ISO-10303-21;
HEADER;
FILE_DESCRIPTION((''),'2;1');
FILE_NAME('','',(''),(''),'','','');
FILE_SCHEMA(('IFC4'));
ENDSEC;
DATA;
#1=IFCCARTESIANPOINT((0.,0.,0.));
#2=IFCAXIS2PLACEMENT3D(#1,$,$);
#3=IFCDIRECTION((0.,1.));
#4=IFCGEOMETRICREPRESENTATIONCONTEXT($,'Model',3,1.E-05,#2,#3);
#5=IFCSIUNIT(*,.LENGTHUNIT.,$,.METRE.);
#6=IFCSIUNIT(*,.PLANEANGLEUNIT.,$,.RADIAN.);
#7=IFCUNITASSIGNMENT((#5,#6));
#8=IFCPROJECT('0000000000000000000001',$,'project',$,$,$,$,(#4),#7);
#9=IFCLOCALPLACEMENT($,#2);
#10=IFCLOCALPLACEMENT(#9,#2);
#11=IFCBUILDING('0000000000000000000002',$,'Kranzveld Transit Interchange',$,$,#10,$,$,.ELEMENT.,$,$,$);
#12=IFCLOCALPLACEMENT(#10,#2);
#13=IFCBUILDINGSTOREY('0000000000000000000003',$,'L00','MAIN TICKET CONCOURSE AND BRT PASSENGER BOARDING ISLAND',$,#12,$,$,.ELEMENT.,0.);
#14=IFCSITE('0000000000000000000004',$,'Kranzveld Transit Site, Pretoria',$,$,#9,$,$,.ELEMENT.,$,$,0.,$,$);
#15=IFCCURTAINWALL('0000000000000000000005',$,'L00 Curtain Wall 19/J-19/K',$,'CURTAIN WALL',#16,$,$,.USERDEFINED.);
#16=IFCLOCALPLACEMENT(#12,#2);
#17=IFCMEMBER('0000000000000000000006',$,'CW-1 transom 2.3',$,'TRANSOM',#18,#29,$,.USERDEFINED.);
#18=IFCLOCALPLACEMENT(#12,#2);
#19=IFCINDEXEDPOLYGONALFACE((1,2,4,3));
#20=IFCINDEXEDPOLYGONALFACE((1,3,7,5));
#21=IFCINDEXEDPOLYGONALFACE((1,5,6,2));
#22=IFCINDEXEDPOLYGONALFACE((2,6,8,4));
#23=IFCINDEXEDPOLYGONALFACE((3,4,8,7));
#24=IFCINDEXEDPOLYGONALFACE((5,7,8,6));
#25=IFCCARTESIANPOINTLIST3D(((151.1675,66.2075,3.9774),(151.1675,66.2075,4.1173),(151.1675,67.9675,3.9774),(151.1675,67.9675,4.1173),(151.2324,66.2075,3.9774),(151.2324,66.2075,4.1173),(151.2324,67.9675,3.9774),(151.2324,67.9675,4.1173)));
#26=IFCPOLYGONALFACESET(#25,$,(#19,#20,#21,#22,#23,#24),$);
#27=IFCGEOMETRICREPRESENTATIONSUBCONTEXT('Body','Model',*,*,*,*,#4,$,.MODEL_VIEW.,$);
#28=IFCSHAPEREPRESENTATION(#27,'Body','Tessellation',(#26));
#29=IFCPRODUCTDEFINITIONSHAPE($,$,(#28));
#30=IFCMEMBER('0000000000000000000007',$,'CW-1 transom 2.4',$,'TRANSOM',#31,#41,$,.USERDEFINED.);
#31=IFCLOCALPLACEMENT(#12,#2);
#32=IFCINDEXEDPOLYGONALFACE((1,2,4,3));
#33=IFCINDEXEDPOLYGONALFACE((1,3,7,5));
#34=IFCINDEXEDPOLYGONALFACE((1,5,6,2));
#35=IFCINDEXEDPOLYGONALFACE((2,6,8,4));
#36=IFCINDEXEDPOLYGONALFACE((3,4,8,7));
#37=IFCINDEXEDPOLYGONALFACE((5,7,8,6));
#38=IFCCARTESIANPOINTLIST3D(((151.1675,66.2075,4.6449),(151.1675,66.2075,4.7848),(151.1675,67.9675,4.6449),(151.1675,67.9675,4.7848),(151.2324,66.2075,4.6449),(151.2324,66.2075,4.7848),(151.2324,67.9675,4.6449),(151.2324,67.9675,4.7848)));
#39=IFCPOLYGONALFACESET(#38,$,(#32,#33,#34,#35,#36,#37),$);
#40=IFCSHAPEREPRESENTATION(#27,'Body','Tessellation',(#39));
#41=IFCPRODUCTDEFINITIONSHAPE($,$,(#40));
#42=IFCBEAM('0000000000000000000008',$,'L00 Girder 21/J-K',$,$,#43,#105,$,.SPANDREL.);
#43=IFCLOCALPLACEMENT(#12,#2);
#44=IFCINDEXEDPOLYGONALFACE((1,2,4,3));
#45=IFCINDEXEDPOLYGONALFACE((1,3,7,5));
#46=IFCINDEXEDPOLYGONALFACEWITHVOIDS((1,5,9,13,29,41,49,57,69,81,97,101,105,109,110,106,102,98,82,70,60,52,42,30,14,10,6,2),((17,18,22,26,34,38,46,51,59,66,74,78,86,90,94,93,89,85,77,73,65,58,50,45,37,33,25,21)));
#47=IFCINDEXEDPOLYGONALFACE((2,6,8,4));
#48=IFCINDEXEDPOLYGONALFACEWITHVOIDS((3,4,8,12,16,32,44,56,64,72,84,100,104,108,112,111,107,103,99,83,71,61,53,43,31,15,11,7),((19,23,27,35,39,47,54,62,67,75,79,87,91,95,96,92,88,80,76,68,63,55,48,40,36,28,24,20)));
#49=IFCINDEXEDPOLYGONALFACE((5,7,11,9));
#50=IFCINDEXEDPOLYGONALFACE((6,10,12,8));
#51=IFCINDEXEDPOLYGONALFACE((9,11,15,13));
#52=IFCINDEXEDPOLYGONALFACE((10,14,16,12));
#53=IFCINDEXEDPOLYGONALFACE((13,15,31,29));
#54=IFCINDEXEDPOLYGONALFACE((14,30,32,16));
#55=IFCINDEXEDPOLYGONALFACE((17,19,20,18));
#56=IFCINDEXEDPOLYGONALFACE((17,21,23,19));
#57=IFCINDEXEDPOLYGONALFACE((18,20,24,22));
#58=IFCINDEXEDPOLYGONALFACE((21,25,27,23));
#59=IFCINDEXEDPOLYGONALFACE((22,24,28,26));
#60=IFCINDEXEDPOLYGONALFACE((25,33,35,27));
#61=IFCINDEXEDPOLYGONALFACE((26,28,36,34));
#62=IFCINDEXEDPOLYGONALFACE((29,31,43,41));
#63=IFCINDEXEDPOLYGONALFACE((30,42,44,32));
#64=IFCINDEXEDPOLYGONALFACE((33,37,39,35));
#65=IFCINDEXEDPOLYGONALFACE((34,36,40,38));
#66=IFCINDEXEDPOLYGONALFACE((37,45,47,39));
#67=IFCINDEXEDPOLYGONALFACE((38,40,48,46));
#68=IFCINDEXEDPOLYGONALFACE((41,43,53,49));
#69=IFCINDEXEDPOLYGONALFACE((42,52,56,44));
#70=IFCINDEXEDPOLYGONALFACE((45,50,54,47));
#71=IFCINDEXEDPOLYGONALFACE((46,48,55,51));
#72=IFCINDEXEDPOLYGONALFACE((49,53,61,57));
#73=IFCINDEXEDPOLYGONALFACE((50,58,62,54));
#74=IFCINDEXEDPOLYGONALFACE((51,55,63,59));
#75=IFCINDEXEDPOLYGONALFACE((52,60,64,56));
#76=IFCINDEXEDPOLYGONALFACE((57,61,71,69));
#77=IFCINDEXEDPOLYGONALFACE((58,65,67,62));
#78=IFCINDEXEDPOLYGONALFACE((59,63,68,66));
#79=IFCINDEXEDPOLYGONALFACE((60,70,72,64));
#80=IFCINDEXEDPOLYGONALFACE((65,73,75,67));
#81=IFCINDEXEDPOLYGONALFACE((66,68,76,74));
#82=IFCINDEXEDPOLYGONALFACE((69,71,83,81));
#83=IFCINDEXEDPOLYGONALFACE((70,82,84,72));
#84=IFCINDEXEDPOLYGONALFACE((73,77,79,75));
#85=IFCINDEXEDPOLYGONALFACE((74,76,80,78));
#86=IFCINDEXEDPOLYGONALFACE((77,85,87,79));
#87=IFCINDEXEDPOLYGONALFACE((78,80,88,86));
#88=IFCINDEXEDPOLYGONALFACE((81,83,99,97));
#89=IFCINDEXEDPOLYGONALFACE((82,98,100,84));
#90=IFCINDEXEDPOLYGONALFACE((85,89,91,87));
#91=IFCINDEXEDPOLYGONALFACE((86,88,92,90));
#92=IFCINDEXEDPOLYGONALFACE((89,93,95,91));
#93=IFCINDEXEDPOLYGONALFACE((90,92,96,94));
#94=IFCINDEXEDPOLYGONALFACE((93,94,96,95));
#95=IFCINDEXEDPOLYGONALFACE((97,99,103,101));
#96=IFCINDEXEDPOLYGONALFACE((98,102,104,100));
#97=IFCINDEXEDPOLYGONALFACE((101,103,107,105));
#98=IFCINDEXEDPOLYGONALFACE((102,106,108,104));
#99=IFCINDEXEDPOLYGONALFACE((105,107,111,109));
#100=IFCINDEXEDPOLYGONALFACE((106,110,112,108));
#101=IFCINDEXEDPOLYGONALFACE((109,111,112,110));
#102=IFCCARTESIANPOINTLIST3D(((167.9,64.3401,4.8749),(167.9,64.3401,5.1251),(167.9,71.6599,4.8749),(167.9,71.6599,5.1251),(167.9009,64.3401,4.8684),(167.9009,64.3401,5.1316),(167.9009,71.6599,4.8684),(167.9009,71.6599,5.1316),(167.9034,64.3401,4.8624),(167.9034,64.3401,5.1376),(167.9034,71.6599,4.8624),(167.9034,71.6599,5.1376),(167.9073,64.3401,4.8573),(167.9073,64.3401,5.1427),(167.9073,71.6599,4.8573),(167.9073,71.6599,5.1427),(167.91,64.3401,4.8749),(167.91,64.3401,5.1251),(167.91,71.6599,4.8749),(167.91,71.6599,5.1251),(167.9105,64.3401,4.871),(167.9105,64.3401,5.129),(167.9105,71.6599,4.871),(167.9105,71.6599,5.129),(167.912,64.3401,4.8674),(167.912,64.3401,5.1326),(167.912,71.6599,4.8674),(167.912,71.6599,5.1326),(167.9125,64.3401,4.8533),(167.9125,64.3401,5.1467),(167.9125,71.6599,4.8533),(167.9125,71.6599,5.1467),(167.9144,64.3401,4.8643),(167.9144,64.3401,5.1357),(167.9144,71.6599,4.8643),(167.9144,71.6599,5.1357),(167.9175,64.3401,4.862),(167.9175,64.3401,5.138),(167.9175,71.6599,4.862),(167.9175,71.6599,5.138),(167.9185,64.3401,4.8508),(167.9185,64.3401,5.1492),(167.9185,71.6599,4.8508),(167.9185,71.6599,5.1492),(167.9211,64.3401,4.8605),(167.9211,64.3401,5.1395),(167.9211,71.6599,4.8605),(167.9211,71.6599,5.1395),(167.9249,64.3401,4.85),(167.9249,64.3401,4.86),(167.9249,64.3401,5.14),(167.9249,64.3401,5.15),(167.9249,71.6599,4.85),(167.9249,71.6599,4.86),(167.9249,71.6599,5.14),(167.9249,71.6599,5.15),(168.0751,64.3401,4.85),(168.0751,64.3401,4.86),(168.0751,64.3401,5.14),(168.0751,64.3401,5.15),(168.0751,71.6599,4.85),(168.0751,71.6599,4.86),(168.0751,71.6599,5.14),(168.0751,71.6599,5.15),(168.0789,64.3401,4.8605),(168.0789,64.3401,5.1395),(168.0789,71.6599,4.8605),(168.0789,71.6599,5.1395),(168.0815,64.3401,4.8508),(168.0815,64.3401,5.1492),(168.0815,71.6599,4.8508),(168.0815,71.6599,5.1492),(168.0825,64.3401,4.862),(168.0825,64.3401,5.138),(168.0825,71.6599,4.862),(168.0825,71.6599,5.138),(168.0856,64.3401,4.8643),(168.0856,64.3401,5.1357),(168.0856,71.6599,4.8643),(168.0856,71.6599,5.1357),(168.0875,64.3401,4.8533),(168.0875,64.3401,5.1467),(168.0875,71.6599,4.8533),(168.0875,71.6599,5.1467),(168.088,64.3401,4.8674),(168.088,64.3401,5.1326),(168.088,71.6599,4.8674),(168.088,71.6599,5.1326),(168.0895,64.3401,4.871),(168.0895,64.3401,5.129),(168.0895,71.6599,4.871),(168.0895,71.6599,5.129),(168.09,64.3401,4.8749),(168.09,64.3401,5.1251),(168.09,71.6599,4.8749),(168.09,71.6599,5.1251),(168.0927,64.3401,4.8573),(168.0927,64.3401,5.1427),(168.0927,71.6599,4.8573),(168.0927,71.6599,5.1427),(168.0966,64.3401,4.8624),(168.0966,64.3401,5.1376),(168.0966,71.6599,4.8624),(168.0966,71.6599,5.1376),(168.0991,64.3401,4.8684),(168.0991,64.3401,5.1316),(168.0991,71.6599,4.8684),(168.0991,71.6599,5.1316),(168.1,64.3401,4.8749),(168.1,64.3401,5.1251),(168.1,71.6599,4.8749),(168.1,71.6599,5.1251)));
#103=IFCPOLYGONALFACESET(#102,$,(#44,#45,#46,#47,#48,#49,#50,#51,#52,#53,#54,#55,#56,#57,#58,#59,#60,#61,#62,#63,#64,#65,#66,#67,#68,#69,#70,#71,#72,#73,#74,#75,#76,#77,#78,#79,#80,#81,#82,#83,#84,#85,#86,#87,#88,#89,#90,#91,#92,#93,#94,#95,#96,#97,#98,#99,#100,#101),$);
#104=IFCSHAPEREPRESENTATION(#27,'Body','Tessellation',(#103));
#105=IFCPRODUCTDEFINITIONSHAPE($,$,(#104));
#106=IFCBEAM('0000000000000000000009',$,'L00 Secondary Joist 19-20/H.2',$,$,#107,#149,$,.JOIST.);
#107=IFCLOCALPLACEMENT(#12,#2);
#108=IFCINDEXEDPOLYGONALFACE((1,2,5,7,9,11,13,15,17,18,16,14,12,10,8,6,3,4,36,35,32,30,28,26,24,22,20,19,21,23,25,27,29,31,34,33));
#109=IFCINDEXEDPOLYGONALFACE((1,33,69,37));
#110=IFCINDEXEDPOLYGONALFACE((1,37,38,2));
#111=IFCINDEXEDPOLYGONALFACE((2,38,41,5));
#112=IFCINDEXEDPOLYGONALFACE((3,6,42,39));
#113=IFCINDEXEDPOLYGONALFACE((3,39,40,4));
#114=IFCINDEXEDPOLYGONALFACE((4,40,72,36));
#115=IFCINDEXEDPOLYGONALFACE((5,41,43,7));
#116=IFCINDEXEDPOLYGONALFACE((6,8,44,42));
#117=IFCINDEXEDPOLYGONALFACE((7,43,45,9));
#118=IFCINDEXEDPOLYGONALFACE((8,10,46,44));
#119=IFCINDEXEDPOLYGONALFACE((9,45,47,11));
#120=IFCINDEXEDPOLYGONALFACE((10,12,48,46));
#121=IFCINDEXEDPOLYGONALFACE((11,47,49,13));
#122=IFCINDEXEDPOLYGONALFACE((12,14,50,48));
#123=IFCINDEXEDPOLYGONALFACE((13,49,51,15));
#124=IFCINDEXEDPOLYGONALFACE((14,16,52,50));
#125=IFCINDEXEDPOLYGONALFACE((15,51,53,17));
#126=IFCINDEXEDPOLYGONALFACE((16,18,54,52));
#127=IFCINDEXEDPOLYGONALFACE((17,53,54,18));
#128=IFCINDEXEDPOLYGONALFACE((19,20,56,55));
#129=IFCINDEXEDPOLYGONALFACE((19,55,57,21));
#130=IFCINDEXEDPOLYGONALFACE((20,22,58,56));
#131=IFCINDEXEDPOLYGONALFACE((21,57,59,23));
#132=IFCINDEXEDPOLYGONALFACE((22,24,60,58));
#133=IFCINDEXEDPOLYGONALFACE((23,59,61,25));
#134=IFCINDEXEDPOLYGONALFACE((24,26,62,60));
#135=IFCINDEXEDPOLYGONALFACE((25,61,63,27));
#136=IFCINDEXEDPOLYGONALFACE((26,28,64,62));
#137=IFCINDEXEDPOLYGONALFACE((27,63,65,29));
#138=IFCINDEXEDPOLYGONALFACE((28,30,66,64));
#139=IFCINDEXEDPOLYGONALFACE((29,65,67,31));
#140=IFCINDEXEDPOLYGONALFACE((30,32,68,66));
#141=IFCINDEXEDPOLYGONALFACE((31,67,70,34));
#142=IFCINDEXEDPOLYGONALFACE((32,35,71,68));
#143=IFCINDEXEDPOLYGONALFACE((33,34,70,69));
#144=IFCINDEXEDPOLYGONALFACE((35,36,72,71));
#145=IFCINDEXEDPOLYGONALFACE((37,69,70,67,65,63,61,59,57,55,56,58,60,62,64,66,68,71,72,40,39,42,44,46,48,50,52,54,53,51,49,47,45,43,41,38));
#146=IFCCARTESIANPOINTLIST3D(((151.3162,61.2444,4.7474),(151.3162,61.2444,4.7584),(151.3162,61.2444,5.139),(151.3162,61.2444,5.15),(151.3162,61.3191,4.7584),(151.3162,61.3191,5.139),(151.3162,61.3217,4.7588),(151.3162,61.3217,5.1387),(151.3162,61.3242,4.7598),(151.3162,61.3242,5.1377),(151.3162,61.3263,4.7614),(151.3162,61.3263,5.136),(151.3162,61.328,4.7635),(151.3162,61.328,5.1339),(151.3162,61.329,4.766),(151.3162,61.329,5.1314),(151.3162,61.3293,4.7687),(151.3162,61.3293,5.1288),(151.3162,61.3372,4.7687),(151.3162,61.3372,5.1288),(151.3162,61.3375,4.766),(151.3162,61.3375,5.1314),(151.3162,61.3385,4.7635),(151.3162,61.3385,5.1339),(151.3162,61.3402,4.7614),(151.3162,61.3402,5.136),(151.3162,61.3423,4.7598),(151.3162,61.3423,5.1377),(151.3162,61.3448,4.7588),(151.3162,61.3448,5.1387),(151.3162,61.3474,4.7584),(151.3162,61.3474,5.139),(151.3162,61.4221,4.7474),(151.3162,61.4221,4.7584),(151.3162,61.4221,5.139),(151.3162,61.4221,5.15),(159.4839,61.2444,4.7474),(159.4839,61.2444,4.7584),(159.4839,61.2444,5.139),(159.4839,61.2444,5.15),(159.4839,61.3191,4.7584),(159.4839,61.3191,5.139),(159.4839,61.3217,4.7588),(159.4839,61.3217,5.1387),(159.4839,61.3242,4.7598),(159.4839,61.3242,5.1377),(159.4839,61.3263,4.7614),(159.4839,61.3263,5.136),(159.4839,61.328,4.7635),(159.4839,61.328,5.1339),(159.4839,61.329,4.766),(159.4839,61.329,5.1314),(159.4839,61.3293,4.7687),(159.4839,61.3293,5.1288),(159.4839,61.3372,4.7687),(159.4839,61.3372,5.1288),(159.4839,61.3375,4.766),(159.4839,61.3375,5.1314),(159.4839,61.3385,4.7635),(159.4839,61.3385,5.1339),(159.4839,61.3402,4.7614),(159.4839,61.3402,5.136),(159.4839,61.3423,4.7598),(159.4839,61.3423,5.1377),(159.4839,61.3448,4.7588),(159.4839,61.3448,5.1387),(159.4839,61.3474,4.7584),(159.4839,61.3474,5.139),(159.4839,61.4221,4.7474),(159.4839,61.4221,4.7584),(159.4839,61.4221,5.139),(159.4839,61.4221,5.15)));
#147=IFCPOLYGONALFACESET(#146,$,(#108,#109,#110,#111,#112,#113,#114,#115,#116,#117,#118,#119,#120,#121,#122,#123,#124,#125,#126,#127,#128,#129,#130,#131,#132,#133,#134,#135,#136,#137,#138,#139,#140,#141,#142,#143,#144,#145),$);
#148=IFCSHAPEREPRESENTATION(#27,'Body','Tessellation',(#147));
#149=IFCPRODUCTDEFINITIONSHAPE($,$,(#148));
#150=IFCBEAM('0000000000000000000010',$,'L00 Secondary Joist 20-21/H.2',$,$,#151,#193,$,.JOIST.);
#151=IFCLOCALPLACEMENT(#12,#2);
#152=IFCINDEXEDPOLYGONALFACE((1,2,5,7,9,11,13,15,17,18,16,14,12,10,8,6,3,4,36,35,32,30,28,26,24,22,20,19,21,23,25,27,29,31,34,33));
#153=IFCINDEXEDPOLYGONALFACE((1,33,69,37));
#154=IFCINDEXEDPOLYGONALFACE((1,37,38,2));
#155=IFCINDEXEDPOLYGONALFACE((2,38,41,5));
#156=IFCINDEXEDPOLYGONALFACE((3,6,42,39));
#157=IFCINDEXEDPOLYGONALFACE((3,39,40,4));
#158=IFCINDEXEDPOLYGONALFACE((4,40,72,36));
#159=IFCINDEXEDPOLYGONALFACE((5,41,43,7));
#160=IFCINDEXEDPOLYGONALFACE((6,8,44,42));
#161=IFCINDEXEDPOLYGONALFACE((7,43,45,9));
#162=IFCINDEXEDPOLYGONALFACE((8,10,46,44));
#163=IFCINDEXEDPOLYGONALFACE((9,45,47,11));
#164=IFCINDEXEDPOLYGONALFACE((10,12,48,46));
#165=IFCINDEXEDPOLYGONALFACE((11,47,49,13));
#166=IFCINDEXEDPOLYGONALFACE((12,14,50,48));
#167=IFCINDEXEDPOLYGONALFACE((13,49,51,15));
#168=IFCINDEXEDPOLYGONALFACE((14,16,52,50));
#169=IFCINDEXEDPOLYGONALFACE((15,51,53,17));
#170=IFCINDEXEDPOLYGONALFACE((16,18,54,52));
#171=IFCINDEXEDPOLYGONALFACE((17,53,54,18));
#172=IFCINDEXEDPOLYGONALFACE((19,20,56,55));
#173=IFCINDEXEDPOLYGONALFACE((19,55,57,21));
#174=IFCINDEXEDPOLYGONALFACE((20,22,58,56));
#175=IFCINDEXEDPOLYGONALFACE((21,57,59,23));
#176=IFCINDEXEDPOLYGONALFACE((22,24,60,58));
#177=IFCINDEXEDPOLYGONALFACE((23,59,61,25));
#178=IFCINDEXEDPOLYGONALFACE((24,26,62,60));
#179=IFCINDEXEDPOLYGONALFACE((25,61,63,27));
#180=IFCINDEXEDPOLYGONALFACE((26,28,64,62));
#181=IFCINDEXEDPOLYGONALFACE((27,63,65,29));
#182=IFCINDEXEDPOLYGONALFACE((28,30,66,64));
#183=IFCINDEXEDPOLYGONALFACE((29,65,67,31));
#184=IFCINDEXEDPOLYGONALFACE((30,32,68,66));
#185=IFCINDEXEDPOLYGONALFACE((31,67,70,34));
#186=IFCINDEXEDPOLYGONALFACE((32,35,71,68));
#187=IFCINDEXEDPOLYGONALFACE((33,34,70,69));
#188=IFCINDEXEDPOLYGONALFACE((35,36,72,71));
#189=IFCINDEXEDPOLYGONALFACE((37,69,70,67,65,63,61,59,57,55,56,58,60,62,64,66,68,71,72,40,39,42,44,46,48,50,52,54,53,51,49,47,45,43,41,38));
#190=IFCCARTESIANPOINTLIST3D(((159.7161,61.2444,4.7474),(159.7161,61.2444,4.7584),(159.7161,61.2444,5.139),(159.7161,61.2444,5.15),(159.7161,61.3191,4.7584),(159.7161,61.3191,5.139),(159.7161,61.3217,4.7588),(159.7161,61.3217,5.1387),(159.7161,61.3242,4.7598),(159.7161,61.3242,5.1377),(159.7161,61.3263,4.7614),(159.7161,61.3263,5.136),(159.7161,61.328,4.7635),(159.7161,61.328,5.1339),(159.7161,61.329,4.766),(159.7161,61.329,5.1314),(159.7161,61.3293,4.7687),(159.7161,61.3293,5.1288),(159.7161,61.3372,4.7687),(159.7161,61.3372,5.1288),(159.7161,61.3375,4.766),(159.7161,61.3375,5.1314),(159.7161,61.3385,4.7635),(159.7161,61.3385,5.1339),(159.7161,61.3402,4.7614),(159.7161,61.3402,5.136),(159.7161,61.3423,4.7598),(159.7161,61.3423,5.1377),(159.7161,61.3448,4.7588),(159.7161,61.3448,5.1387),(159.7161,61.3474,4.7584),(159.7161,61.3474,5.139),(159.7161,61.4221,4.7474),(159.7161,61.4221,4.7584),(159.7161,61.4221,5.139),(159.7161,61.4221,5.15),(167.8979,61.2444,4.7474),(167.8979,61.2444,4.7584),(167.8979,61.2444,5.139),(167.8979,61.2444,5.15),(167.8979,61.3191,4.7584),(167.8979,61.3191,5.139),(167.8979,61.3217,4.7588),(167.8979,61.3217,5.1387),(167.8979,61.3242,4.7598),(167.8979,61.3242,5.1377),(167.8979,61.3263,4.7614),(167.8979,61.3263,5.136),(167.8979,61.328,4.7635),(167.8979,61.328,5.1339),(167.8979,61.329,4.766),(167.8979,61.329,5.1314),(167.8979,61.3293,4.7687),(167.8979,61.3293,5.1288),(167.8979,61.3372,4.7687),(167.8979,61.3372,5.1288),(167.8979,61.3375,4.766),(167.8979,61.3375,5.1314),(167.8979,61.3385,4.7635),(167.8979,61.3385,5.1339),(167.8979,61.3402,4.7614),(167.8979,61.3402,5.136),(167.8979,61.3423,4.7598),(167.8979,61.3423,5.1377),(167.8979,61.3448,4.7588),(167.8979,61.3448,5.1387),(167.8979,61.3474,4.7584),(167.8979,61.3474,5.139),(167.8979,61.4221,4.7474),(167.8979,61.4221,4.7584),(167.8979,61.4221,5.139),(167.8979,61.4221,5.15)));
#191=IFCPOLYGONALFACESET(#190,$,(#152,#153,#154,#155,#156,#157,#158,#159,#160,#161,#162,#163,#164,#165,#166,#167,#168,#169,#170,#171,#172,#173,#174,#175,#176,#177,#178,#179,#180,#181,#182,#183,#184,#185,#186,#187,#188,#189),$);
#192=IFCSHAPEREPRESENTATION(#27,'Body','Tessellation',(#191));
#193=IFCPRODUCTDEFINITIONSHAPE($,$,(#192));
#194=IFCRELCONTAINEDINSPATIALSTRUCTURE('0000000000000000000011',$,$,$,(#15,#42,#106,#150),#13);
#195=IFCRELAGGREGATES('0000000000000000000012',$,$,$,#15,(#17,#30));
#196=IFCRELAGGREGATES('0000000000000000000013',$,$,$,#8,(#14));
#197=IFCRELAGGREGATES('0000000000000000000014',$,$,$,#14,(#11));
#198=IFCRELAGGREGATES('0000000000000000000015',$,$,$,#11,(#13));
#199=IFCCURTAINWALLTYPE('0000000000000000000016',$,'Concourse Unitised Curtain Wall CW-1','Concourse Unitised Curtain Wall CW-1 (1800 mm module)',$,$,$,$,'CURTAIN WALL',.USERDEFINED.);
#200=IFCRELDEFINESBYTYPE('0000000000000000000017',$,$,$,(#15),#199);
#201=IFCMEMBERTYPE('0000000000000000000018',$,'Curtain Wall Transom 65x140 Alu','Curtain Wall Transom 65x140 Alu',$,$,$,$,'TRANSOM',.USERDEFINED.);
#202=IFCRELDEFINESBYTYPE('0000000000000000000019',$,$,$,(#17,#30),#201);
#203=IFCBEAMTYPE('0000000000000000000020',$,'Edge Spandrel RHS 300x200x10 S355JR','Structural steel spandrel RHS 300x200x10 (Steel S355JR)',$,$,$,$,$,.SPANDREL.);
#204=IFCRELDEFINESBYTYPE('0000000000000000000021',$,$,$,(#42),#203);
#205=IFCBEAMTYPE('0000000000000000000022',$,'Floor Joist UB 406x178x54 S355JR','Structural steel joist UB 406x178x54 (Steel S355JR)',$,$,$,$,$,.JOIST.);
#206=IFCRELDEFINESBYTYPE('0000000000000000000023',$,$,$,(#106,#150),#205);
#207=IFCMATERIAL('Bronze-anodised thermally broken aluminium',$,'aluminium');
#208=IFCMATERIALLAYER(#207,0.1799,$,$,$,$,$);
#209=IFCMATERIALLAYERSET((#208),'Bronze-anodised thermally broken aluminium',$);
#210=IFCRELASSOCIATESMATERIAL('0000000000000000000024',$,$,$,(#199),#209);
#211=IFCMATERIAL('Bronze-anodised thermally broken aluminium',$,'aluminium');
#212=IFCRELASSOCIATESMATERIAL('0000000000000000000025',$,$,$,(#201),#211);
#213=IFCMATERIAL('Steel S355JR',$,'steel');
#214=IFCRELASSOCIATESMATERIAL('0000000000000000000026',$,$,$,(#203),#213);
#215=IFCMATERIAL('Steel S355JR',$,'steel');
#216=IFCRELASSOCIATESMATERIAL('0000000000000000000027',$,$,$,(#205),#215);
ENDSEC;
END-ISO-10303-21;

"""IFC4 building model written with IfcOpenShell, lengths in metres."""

from ifc_helpers import new_model, si_unit, direction, frame, origin, origin_2d, place, context, subcontext, project, spatial, rectangle, hollow_rectangle, i_section, extrude, material, layer, layer_set, material_profile, profile_set, type_object, element, aggregate, save


model = new_model("IFC4")

# Units and contexts
model_context = context("Model", 3, precision=1e-05, world=origin(), true_north=direction((0.0, 1.0)))
body_context = subcontext(model_context, "Body", "Model", "MODEL_VIEW")
ifc_project = project(units=[si_unit("LENGTHUNIT", "METRE"), si_unit("PLANEANGLEUNIT", "RADIAN")], contexts=[model_context])

# Site, building, storey
site_placement = place(None, origin())
site = spatial("IfcSite", under=ifc_project, at=site_placement, Name="Kranzveld Transit Site, Pretoria", CompositionType="ELEMENT", RefElevation=0.0)
building_placement = place(site_placement, origin())
building = spatial("IfcBuilding", under=site, at=building_placement, Name="Kranzveld Transit Interchange", CompositionType="ELEMENT")
storey_placement = place(building_placement, origin())
storey = spatial("IfcBuildingStorey", under=building, at=storey_placement, Name="L00", Description="MAIN TICKET CONCOURSE AND BRT PASSENGER BOARDING ISLAND", CompositionType="ELEMENT", Elevation=0.0)

# Curtain wall, members
ifc_material_1 = material(Name="Bronze-anodised thermally broken aluminium", Category="aluminium")
ifc_layer_1 = layer(ifc_material_1, 0.1799)
ifc_layer_set_1 = layer_set([ifc_layer_1], Name="Bronze-anodised thermally broken aluminium")
curtain_wall_type = type_object("IfcCurtainWallType", Name="Concourse Unitised Curtain Wall CW-1", Description="Concourse Unitised Curtain Wall CW-1 (1800 mm module)", ElementType="CURTAIN WALL", PredefinedType="USERDEFINED", material=ifc_layer_set_1)
curtain_wall_placement = place(storey_placement, origin())
curtain_wall = element("IfcCurtainWall", 1, at=curtain_wall_placement, inside=storey, type_object=curtain_wall_type, Name="L00 Curtain Wall 19/J-19/K", ObjectType="CURTAIN WALL", PredefinedType="USERDEFINED")
ifc_material_2 = material(Name="Bronze-anodised thermally broken aluminium", Category="aluminium")
ifc_material_profile_1 = material_profile(ifc_material_2, rectangle(XDim=0.0649, YDim=0.1399, at=origin_2d()), Name="ALU TRANSOM 65x140")
ifc_profile_set_1 = profile_set([ifc_material_profile_1], Name="Bronze-anodised thermally broken aluminium")
member_type_1 = type_object("IfcMemberType", Name="Curtain Wall Transom 65x140 Alu", Description="Curtain Wall Transom 65x140 Alu", ElementType="TRANSOM", PredefinedType="USERDEFINED", material=ifc_profile_set_1)
member_1_placement = place(storey_placement, frame((151.2, 66.2075, 4.0474), z_axis=(0.0, 1.0, 0.0), x_axis=(-1.0, 0.0, 0.0)))
member_1 = element("IfcMember", 2, at=member_1_placement, type_object=member_type_1, Name="CW-1 transom 2.3", ObjectType="TRANSOM", PredefinedType="USERDEFINED", context=body_context, shape_type="SweptSolid", body=[
    extrude(rectangle(XDim=0.0649, YDim=0.1399, at=origin_2d()), origin(), (0.0, 0.0, 1.0), 1.76),
])
member_2_placement = place(storey_placement, frame((151.2, 66.2075, 4.7148), z_axis=(0.0, 1.0, 0.0), x_axis=(-1.0, 0.0, 0.0)))
member_2 = element("IfcMember", 3, at=member_2_placement, type_object=member_type_1, Name="CW-1 transom 2.4", ObjectType="TRANSOM", PredefinedType="USERDEFINED", context=body_context, shape_type="SweptSolid", body=[
    extrude(rectangle(XDim=0.0649, YDim=0.1399, at=origin_2d()), origin(), (0.0, 0.0, 1.0), 1.76),
])

# Beams
ifc_material_3 = material(Name="Steel S355JR", Category="steel")
ifc_material_profile_2 = material_profile(ifc_material_3, hollow_rectangle(XDim=0.2, YDim=0.3, WallThickness=0.01, InnerFilletRadius=0.0149, OuterFilletRadius=0.0249, at=origin_2d()), Name="RHS 300x200x10")
ifc_profile_set_2 = profile_set([ifc_material_profile_2], Name="Steel S355JR")
beam_type_1 = type_object("IfcBeamType", Name="Edge Spandrel RHS 300x200x10 S355JR", Description="Structural steel spandrel RHS 300x200x10 (Steel S355JR)", PredefinedType="SPANDREL", material=ifc_profile_set_2)
beam_1_placement = place(storey_placement, frame((168.0, 64.3401, 5.0), z_axis=(0.0, 1.0, 0.0), x_axis=(-1.0, 0.0, 0.0)))
element("IfcBeam", 4, at=beam_1_placement, inside=storey, type_object=beam_type_1, Name="L00 Girder 21/J-K", PredefinedType="SPANDREL", context=body_context, shape_type="SweptSolid", body=[
    extrude(hollow_rectangle(XDim=0.2, YDim=0.3, WallThickness=0.01, InnerFilletRadius=0.0149, OuterFilletRadius=0.0249, at=origin_2d()), origin(), (0.0, 0.0, 1.0), 7.3198),
])
ifc_material_4 = material(Name="Steel S355JR", Category="steel")
ifc_material_profile_3 = material_profile(ifc_material_4, i_section(OverallWidth=0.1777, OverallDepth=0.4026, WebThickness=0.0078, FlangeThickness=0.011, FilletRadius=0.0103, at=origin_2d()), Name="UB 406x178x54")
ifc_profile_set_3 = profile_set([ifc_material_profile_3], Name="Steel S355JR")
beam_type_2 = type_object("IfcBeamType", Name="Floor Joist UB 406x178x54 S355JR", Description="Structural steel joist UB 406x178x54 (Steel S355JR)", PredefinedType="JOIST", material=ifc_profile_set_3)
beam_2_placement = place(storey_placement, frame((151.3162, 61.3333, 4.9487), z_axis=(1.0, 0.0, 0.0), x_axis=(0.0, 1.0, 0.0)))
element("IfcBeam", 5, at=beam_2_placement, inside=storey, type_object=beam_type_2, Name="L00 Secondary Joist 19-20/H.2", PredefinedType="JOIST", context=body_context, shape_type="SweptSolid", body=[
    extrude(i_section(OverallWidth=0.1777, OverallDepth=0.4026, WebThickness=0.0078, FlangeThickness=0.011, FilletRadius=0.0103, at=origin_2d()), origin(), (0.0, 0.0, 1.0), 8.1677),
])
beam_3_placement = place(storey_placement, frame((159.7161, 61.3333, 4.9487), z_axis=(1.0, 0.0, 0.0), x_axis=(0.0, 1.0, 0.0)))
element("IfcBeam", 6, at=beam_3_placement, inside=storey, type_object=beam_type_2, Name="L00 Secondary Joist 20-21/H.2", PredefinedType="JOIST", context=body_context, shape_type="SweptSolid", body=[
    extrude(i_section(OverallWidth=0.1777, OverallDepth=0.4026, WebThickness=0.0078, FlangeThickness=0.011, FilletRadius=0.0103, at=origin_2d()), origin(), (0.0, 0.0, 1.0), 8.1819),
])

aggregate(curtain_wall, [member_1, member_2])

save(model, "model.ifc")
